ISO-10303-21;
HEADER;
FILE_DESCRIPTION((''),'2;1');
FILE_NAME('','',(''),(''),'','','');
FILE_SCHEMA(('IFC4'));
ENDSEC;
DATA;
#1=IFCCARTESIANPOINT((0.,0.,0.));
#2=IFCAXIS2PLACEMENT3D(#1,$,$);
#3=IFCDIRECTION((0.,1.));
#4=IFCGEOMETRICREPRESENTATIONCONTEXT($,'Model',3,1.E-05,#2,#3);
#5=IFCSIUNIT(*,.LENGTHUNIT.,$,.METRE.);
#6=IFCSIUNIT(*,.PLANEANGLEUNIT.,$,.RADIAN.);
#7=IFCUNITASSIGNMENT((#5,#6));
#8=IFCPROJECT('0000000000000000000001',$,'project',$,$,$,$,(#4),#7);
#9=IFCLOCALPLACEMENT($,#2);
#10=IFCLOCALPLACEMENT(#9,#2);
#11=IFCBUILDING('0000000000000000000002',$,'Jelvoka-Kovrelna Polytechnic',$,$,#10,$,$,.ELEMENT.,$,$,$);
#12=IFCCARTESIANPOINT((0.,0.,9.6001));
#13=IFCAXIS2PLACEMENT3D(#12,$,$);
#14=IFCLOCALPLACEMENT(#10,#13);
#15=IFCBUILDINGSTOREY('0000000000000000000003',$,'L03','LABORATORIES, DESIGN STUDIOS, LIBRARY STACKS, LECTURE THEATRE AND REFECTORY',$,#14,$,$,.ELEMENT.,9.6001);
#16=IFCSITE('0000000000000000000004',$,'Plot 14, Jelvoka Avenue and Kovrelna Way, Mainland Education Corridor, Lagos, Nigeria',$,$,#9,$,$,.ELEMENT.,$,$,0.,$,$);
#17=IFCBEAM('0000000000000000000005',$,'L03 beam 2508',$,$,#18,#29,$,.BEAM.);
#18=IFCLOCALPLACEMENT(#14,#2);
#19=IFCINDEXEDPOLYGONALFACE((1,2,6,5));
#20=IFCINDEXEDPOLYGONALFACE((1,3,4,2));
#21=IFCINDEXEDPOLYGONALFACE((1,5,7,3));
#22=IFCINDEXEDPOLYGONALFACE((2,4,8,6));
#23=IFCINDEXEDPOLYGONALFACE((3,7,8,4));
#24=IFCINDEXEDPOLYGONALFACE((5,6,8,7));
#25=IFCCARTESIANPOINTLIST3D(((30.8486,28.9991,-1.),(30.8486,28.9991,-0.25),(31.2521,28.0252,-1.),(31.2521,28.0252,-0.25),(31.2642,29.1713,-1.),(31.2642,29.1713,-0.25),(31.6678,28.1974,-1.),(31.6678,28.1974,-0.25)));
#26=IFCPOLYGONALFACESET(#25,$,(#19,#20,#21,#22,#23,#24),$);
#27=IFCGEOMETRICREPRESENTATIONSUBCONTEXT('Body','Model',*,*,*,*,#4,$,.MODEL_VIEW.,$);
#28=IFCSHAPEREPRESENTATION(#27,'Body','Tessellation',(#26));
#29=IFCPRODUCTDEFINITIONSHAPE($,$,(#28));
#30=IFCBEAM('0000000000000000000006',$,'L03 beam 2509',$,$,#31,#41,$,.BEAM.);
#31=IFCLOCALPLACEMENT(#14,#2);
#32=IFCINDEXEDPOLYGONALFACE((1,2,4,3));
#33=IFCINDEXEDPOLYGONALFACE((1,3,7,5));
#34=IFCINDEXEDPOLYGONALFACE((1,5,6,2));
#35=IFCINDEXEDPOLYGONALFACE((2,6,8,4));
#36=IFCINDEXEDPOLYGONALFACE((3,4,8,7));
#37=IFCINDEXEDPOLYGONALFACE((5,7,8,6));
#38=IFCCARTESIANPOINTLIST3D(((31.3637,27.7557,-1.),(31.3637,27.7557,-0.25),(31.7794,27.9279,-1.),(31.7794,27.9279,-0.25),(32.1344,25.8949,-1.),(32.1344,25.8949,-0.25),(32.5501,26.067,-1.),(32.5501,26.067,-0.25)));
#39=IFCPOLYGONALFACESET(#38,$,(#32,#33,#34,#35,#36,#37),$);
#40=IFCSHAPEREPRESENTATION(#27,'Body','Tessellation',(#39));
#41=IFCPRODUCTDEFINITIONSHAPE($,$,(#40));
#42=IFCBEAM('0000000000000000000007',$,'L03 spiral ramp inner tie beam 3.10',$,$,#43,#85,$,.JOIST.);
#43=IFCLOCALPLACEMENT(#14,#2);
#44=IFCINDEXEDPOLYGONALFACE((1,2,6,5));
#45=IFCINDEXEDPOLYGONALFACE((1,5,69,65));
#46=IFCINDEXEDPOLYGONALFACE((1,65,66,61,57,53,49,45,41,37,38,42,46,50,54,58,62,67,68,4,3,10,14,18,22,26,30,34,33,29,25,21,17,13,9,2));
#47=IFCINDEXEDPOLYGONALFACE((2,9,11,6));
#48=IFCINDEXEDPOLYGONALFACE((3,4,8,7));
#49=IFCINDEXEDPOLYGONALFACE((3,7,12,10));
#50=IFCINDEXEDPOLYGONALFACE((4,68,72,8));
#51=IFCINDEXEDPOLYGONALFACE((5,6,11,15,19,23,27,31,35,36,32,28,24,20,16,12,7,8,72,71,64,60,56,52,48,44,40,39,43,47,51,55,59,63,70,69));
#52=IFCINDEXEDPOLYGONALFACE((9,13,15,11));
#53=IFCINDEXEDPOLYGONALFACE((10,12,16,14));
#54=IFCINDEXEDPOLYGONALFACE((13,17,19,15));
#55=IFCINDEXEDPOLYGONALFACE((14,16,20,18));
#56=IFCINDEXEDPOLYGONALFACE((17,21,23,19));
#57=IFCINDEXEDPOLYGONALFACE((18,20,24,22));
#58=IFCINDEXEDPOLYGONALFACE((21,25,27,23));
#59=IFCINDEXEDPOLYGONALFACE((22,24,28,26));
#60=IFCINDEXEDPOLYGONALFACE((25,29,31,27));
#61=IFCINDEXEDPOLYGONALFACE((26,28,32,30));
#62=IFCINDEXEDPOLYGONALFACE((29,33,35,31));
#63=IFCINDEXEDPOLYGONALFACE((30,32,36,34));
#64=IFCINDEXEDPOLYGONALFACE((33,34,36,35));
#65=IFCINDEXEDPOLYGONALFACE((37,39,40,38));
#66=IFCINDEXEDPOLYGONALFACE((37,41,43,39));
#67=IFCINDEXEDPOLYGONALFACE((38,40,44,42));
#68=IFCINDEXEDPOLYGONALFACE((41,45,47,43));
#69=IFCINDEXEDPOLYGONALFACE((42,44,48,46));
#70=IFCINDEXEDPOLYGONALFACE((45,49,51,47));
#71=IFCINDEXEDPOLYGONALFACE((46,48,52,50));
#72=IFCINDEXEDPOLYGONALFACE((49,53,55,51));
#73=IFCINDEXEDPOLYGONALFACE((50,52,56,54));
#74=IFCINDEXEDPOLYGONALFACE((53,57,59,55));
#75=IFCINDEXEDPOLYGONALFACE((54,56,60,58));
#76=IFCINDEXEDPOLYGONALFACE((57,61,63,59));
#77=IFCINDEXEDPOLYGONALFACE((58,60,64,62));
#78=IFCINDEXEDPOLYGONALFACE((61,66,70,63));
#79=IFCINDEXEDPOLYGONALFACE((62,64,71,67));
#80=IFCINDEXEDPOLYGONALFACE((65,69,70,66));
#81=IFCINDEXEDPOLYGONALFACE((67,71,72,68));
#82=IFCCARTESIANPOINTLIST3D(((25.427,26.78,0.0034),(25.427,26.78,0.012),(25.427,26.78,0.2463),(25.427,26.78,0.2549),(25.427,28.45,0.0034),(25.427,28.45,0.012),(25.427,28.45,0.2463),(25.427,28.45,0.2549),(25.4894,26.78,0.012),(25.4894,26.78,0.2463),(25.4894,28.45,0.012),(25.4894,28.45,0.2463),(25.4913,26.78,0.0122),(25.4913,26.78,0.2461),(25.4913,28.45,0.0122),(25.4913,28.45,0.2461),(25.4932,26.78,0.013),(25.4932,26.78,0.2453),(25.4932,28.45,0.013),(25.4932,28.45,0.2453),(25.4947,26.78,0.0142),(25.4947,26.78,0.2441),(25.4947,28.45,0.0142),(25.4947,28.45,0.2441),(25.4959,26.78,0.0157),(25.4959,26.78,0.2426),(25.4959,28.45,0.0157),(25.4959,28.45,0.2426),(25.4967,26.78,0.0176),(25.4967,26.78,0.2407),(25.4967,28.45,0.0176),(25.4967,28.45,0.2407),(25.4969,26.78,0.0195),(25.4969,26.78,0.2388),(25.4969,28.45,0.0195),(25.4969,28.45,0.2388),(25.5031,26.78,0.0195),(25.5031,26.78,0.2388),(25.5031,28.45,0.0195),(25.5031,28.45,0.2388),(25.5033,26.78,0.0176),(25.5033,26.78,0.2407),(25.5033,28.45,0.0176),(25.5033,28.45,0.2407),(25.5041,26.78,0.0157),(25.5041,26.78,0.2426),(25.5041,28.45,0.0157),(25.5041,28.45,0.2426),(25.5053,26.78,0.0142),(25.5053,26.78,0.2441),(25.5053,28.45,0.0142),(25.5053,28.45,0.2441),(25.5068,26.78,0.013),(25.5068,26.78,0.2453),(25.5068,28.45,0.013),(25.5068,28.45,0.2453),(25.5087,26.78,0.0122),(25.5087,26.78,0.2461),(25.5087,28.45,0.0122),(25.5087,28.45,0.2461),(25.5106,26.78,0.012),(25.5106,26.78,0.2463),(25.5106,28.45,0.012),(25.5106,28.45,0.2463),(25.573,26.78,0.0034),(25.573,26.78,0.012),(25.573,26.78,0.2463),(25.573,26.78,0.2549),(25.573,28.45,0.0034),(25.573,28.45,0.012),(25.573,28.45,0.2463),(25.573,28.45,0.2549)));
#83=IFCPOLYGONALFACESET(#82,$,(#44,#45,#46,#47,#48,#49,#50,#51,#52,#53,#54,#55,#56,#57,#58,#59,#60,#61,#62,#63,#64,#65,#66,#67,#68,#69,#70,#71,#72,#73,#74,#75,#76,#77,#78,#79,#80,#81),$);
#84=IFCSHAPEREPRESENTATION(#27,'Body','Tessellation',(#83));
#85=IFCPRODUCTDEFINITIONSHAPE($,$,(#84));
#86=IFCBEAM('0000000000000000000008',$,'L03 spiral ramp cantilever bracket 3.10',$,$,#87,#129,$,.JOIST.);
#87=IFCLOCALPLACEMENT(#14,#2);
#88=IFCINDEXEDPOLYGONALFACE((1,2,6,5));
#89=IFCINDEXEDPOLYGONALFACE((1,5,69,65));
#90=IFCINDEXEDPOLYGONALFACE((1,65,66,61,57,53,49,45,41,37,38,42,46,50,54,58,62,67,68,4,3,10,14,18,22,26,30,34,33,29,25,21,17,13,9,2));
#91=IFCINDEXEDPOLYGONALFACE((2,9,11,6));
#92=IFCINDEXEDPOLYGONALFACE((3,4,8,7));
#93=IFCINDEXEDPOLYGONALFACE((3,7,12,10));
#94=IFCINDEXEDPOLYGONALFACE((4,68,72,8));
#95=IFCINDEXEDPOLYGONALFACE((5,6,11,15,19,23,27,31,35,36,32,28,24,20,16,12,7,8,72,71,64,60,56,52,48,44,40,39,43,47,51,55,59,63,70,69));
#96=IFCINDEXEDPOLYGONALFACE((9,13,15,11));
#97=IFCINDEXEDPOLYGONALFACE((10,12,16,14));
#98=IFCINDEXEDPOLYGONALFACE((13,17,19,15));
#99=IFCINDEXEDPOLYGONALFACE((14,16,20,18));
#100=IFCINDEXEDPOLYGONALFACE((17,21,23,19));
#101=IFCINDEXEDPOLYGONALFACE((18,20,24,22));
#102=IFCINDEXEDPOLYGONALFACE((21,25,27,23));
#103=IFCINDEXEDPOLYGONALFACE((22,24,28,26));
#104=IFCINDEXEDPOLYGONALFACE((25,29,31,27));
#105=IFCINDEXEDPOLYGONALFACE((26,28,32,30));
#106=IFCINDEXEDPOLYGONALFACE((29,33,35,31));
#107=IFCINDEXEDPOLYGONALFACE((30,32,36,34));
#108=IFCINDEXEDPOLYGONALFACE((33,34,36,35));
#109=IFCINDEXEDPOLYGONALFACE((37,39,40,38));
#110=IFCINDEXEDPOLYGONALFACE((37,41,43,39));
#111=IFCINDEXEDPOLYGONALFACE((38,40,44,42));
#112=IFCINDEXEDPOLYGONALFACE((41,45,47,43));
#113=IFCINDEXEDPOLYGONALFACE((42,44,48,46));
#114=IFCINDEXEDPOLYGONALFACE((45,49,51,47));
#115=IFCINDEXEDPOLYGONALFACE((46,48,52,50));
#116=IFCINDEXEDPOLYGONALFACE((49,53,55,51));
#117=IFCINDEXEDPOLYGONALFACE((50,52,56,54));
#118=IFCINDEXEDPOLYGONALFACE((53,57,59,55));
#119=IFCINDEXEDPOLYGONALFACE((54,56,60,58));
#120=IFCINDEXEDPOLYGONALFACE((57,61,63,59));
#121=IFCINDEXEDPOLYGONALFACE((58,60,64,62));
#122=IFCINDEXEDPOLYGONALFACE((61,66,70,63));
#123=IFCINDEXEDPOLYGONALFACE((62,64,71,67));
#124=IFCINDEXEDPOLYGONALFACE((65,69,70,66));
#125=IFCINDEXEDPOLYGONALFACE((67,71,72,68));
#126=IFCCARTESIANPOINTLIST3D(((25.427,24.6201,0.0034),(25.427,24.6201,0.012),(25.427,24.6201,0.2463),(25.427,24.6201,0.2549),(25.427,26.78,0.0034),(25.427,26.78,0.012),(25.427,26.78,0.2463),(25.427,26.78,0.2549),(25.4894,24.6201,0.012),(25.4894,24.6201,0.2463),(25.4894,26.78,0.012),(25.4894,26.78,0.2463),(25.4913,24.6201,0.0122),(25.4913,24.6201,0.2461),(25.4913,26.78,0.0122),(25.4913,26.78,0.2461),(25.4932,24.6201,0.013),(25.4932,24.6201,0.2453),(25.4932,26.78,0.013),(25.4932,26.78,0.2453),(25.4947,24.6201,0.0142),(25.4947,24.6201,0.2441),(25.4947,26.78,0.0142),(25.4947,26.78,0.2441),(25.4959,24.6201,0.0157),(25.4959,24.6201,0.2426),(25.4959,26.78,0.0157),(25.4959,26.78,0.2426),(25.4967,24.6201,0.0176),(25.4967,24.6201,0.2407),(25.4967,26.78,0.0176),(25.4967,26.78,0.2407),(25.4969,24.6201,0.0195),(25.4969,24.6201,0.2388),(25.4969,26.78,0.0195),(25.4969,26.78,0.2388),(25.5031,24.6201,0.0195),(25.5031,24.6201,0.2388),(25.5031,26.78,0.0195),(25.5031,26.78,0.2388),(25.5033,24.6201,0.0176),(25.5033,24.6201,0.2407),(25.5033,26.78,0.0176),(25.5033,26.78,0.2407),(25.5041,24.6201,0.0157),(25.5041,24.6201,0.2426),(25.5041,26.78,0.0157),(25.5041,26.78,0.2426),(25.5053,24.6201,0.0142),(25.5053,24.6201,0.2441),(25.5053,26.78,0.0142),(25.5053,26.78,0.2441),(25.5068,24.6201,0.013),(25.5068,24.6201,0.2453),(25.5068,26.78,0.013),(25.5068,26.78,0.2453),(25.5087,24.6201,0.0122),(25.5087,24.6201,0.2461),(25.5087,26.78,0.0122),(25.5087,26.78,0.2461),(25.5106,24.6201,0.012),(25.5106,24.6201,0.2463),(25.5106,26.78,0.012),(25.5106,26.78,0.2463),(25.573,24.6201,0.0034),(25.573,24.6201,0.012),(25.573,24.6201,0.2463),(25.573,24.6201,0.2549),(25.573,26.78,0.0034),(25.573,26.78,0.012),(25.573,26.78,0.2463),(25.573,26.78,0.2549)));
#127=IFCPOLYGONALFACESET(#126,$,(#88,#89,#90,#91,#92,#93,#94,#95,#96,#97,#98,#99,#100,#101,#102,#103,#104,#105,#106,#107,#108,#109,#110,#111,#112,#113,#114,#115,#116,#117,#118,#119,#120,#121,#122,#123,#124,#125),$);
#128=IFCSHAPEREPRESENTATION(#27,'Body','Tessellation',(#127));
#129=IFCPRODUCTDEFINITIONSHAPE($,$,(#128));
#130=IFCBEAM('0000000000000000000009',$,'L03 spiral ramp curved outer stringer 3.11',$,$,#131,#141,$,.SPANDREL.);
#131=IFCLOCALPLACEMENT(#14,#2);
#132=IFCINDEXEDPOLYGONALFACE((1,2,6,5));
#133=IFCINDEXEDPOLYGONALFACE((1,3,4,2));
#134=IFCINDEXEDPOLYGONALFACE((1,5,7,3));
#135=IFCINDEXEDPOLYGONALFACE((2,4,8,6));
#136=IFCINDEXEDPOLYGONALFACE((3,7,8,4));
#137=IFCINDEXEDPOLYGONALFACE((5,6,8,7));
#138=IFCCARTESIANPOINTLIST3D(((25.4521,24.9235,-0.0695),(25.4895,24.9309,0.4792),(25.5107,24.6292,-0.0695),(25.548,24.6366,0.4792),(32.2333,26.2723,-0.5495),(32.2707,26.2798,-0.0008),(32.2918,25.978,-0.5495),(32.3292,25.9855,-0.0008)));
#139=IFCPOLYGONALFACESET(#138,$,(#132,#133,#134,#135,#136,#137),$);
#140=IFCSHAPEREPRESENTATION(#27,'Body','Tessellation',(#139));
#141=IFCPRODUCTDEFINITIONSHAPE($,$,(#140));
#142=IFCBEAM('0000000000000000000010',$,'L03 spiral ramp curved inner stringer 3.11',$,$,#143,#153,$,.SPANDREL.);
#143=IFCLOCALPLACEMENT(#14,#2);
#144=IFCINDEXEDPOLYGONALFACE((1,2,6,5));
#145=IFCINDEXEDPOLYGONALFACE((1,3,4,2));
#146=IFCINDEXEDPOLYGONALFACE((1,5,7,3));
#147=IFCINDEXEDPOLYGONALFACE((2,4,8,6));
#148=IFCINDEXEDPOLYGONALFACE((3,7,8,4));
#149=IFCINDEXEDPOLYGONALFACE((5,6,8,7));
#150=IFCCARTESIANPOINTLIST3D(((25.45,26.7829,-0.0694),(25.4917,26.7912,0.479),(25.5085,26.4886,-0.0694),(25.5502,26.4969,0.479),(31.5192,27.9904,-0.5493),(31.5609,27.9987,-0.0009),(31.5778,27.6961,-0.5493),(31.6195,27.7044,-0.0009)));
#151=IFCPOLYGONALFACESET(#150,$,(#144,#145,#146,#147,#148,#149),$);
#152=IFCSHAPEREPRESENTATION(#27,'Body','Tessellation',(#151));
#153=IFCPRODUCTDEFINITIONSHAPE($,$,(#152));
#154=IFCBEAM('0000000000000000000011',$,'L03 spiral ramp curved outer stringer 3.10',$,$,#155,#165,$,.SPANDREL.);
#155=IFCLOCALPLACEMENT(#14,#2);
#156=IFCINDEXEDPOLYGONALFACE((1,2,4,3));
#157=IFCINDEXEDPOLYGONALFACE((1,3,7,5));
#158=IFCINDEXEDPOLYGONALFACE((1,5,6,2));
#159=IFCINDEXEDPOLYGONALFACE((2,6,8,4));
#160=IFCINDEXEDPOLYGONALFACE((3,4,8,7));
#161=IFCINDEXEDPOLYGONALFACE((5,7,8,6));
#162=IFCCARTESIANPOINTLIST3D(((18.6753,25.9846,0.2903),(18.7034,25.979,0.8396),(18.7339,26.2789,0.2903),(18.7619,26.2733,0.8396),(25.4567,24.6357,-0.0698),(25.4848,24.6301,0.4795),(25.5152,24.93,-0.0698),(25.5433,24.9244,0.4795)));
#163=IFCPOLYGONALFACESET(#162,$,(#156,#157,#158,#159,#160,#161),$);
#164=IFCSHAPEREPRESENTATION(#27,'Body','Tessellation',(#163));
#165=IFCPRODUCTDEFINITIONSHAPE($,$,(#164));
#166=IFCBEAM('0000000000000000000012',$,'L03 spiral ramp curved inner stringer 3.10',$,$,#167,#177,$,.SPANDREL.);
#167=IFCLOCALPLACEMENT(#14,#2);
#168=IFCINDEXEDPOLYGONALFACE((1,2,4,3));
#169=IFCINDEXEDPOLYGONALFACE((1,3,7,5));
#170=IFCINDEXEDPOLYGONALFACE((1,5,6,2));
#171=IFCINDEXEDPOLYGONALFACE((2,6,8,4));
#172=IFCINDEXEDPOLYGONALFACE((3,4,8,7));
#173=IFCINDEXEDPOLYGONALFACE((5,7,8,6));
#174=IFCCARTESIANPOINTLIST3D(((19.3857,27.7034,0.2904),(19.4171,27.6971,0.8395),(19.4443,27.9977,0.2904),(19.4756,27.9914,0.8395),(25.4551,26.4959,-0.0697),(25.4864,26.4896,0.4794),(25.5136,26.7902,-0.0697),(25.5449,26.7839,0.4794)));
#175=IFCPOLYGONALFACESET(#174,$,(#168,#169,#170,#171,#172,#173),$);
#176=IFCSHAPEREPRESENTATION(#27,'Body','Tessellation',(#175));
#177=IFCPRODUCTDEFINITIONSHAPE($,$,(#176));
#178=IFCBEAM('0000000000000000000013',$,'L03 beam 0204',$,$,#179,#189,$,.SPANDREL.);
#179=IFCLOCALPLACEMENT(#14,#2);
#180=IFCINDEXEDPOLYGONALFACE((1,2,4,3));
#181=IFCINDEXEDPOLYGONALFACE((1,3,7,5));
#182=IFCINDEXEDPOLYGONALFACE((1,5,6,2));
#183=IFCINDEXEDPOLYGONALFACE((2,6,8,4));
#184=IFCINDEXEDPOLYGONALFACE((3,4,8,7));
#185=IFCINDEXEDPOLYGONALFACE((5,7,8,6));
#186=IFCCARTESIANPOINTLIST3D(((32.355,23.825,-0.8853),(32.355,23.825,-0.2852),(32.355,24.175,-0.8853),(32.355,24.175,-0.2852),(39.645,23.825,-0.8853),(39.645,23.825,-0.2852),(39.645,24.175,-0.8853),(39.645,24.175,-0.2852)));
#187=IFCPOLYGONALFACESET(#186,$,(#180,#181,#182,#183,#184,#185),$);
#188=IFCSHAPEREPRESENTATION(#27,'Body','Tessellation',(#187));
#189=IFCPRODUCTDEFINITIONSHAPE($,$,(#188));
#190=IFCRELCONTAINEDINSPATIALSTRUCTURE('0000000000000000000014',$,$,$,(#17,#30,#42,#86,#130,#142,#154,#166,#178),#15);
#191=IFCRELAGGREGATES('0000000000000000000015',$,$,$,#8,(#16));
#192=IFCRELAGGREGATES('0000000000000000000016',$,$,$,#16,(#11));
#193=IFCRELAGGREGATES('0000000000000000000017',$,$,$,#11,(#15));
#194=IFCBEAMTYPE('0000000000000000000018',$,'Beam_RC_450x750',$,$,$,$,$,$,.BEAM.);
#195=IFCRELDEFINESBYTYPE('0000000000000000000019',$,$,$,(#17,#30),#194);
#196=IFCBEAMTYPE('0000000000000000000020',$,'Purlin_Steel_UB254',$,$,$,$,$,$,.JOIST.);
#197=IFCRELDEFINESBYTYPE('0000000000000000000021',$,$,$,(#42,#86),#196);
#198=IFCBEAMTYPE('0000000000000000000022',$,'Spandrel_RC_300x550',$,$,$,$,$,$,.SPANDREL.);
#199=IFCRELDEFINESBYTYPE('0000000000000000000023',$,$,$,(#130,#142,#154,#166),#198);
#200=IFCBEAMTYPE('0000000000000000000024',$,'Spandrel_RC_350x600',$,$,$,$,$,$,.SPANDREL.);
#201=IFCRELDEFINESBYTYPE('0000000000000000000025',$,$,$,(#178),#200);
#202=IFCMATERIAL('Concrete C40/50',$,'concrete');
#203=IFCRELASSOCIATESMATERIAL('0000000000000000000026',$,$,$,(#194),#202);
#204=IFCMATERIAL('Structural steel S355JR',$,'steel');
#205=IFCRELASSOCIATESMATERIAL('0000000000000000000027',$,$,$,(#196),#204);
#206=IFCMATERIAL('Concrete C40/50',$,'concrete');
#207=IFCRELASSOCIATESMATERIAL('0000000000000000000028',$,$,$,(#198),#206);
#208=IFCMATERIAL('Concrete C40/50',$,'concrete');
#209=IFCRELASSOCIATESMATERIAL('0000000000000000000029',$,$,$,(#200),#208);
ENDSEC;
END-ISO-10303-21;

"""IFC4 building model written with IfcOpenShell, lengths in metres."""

from ifc_helpers import new_model, si_unit, direction, frame, origin, origin_2d, place, context, subcontext, project, spatial, rectangle, i_section, extrude, material, material_profile, profile_set, type_object, element, save


model = new_model("IFC4")

# Units and contexts
model_context = context("Model", 3, precision=1e-05, world=origin(), true_north=direction((0.0, 1.0)))
body_context = subcontext(model_context, "Body", "Model", "MODEL_VIEW")
ifc_project = project(units=[si_unit("LENGTHUNIT", "METRE"), si_unit("PLANEANGLEUNIT", "RADIAN")], contexts=[model_context])

# Site, building, storey
site_placement = place(None, origin())
site = spatial("IfcSite", under=ifc_project, at=site_placement, Name="Plot 14, Jelvoka Avenue and Kovrelna Way, Mainland Education Corridor, Lagos, Nigeria", CompositionType="ELEMENT", RefElevation=0.0)
building_placement = place(site_placement, origin())
building = spatial("IfcBuilding", under=site, at=building_placement, Name="Jelvoka-Kovrelna Polytechnic", CompositionType="ELEMENT")
storey_placement = place(building_placement, frame((0.0, 0.0, 9.6001)))
storey = spatial("IfcBuildingStorey", under=building, at=storey_placement, Name="L03", Description="LABORATORIES, DESIGN STUDIOS, LIBRARY STACKS, LECTURE THEATRE AND REFECTORY", CompositionType="ELEMENT", Elevation=9.6001)

# Beams
ifc_material_1 = material(Name="Concrete C40/50", Category="concrete")
ifc_material_profile_1 = material_profile(ifc_material_1, rectangle(XDim=0.45, YDim=0.75, at=origin_2d()), Name="RC 450x750")
ifc_profile_set_1 = profile_set([ifc_material_profile_1], Name="Concrete C40/50")
beam_type_1 = type_object("IfcBeamType", Name="Beam_RC_450x750", PredefinedType="BEAM", material=ifc_profile_set_1)
beam_1_placement = place(storey_placement, frame((31.0564, 29.0852, -0.625), z_axis=(0.382822, -0.923822, 0.0), x_axis=(0.923822, 0.382822, 0.0)))
element("IfcBeam", 1, at=beam_1_placement, inside=storey, type_object=beam_type_1, Name="L03 beam 2508", PredefinedType="BEAM", context=body_context, shape_type="SweptSolid", body=[
    extrude(rectangle(XDim=0.45, YDim=0.75, at=origin_2d()), origin(), (0.0, 0.0, 1.0), 1.0542),
])
beam_2_placement = place(storey_placement, frame((31.5715, 27.8418, -0.625), z_axis=(0.382669, -0.923885, 0.0), x_axis=(0.923885, 0.382669, 0.0)))
element("IfcBeam", 2, at=beam_2_placement, inside=storey, type_object=beam_type_1, Name="L03 beam 2509", PredefinedType="BEAM", context=body_context, shape_type="SweptSolid", body=[
    extrude(rectangle(XDim=0.45, YDim=0.75, at=origin_2d()), origin(), (0.0, 0.0, 1.0), 2.0142),
])
ifc_material_2 = material(Name="Structural steel S355JR", Category="steel")
ifc_material_profile_2 = material_profile(ifc_material_2, i_section(OverallWidth=0.146, OverallDepth=0.2515, WebThickness=0.0061, FlangeThickness=0.0085, FilletRadius=0.0076, at=origin_2d()), Name="254x146x31 UB")
ifc_profile_set_2 = profile_set([ifc_material_profile_2], Name="Structural steel S355JR")
beam_type_2 = type_object("IfcBeamType", Name="Purlin_Steel_UB254", PredefinedType="JOIST", material=ifc_profile_set_2)
beam_3_placement = place(storey_placement, frame((25.5, 28.45, 0.1292), z_axis=(0.0, -1.0, 0.0), x_axis=(1.0, 0.0, 0.0)))
element("IfcBeam", 3, at=beam_3_placement, inside=storey, type_object=beam_type_2, Name="L03 spiral ramp inner tie beam 3.10", PredefinedType="JOIST", context=body_context, shape_type="SweptSolid", body=[
    extrude(i_section(OverallWidth=0.146, OverallDepth=0.2515, WebThickness=0.0061, FlangeThickness=0.0085, FilletRadius=0.0076, at=origin_2d()), origin(), (0.0, 0.0, 1.0), 1.6699),
])
beam_4_placement = place(storey_placement, frame((25.5, 26.78, 0.1292), z_axis=(0.0, -1.0, 0.0), x_axis=(1.0, 0.0, 0.0)))
element("IfcBeam", 4, at=beam_4_placement, inside=storey, type_object=beam_type_2, Name="L03 spiral ramp cantilever bracket 3.10", PredefinedType="JOIST", context=body_context, shape_type="SweptSolid", body=[
    extrude(i_section(OverallWidth=0.146, OverallDepth=0.2515, WebThickness=0.0061, FlangeThickness=0.0085, FilletRadius=0.0076, at=origin_2d()), origin(), (0.0, 0.0, 1.0), 2.1599),
])
ifc_material_3 = material(Name="Concrete C40/50", Category="concrete")
ifc_material_profile_3 = material_profile(ifc_material_3, rectangle(XDim=0.3, YDim=0.55, at=origin_2d()), Name="RC 300x550")
ifc_profile_set_3 = profile_set([ifc_material_profile_3], Name="Concrete C40/50")
beam_type_3 = type_object("IfcBeamType", Name="Spandrel_RC_300x550", PredefinedType="SPANDREL", material=ifc_profile_set_3)
beam_5_placement = place(storey_placement, frame((32.2812, 26.1289, -0.2751), z_axis=(-0.97843, -0.194622, 0.069254), x_axis=(0.195091, -0.980785, 0.0)))
element("IfcBeam", 5, at=beam_5_placement, inside=storey, type_object=beam_type_3, Name="L03 spiral ramp curved outer stringer 3.11", PredefinedType="SPANDREL", context=body_context, shape_type="SweptSolid", body=[
    extrude(rectangle(XDim=0.3, YDim=0.55, at=origin_2d()), origin(), (0.0, 0.0, 1.0), 6.9307),
])
beam_6_placement = place(storey_placement, frame((31.5693, 27.8474, -0.2751), z_axis=(-0.977841, -0.194545, 0.07733), x_axis=(0.19513, -0.980777, 0.0)))
element("IfcBeam", 6, at=beam_6_placement, inside=storey, type_object=beam_type_3, Name="L03 spiral ramp curved inner stringer 3.11", PredefinedType="SPANDREL", context=body_context, shape_type="SweptSolid", body=[
    extrude(rectangle(XDim=0.3, YDim=0.55, at=origin_2d()), origin(), (0.0, 0.0, 1.0), 6.2068),
])
beam_7_placement = place(storey_placement, frame((25.5, 24.78, 0.2048), z_axis=(-0.979458, 0.194827, 0.052013), x_axis=(-0.195091, -0.980785, 0.0)))
element("IfcBeam", 7, at=beam_7_placement, inside=storey, type_object=beam_type_3, Name="L03 spiral ramp curved outer stringer 3.10", PredefinedType="SPANDREL", context=body_context, shape_type="SweptSolid", body=[
    extrude(rectangle(XDim=0.3, YDim=0.55, at=origin_2d()), origin(), (0.0, 0.0, 1.0), 6.9236),
])
beam_8_placement = place(storey_placement, frame((25.5, 26.6399, 0.2048), z_axis=(-0.979121, 0.1948, 0.058093), x_axis=(-0.19513, -0.980777, 0.0)))
element("IfcBeam", 8, at=beam_8_placement, inside=storey, type_object=beam_type_3, Name="L03 spiral ramp curved inner stringer 3.10", PredefinedType="SPANDREL", context=body_context, shape_type="SweptSolid", body=[
    extrude(rectangle(XDim=0.3, YDim=0.55, at=origin_2d()), origin(), (0.0, 0.0, 1.0), 6.1987),
])
ifc_material_4 = material(Name="Concrete C40/50", Category="concrete")
ifc_material_profile_4 = material_profile(ifc_material_4, rectangle(XDim=0.3501, YDim=0.6001, at=origin_2d()), Name="RC 350x600")
ifc_profile_set_4 = profile_set([ifc_material_profile_4], Name="Concrete C40/50")
beam_type_4 = type_object("IfcBeamType", Name="Spandrel_RC_350x600", PredefinedType="SPANDREL", material=ifc_profile_set_4)
beam_9_placement = place(storey_placement, frame((32.355, 24.0, -0.5852), z_axis=(1.0, 0.0, 0.0), x_axis=(0.0, 1.0, 0.0)))
element("IfcBeam", 9, at=beam_9_placement, inside=storey, type_object=beam_type_4, Name="L03 beam 0204", PredefinedType="SPANDREL", context=body_context, shape_type="SweptSolid", body=[
    extrude(rectangle(XDim=0.3501, YDim=0.6001, at=origin_2d()), origin(), (0.0, 0.0, 1.0), 7.29),
])

save(model, "model.ifc")
